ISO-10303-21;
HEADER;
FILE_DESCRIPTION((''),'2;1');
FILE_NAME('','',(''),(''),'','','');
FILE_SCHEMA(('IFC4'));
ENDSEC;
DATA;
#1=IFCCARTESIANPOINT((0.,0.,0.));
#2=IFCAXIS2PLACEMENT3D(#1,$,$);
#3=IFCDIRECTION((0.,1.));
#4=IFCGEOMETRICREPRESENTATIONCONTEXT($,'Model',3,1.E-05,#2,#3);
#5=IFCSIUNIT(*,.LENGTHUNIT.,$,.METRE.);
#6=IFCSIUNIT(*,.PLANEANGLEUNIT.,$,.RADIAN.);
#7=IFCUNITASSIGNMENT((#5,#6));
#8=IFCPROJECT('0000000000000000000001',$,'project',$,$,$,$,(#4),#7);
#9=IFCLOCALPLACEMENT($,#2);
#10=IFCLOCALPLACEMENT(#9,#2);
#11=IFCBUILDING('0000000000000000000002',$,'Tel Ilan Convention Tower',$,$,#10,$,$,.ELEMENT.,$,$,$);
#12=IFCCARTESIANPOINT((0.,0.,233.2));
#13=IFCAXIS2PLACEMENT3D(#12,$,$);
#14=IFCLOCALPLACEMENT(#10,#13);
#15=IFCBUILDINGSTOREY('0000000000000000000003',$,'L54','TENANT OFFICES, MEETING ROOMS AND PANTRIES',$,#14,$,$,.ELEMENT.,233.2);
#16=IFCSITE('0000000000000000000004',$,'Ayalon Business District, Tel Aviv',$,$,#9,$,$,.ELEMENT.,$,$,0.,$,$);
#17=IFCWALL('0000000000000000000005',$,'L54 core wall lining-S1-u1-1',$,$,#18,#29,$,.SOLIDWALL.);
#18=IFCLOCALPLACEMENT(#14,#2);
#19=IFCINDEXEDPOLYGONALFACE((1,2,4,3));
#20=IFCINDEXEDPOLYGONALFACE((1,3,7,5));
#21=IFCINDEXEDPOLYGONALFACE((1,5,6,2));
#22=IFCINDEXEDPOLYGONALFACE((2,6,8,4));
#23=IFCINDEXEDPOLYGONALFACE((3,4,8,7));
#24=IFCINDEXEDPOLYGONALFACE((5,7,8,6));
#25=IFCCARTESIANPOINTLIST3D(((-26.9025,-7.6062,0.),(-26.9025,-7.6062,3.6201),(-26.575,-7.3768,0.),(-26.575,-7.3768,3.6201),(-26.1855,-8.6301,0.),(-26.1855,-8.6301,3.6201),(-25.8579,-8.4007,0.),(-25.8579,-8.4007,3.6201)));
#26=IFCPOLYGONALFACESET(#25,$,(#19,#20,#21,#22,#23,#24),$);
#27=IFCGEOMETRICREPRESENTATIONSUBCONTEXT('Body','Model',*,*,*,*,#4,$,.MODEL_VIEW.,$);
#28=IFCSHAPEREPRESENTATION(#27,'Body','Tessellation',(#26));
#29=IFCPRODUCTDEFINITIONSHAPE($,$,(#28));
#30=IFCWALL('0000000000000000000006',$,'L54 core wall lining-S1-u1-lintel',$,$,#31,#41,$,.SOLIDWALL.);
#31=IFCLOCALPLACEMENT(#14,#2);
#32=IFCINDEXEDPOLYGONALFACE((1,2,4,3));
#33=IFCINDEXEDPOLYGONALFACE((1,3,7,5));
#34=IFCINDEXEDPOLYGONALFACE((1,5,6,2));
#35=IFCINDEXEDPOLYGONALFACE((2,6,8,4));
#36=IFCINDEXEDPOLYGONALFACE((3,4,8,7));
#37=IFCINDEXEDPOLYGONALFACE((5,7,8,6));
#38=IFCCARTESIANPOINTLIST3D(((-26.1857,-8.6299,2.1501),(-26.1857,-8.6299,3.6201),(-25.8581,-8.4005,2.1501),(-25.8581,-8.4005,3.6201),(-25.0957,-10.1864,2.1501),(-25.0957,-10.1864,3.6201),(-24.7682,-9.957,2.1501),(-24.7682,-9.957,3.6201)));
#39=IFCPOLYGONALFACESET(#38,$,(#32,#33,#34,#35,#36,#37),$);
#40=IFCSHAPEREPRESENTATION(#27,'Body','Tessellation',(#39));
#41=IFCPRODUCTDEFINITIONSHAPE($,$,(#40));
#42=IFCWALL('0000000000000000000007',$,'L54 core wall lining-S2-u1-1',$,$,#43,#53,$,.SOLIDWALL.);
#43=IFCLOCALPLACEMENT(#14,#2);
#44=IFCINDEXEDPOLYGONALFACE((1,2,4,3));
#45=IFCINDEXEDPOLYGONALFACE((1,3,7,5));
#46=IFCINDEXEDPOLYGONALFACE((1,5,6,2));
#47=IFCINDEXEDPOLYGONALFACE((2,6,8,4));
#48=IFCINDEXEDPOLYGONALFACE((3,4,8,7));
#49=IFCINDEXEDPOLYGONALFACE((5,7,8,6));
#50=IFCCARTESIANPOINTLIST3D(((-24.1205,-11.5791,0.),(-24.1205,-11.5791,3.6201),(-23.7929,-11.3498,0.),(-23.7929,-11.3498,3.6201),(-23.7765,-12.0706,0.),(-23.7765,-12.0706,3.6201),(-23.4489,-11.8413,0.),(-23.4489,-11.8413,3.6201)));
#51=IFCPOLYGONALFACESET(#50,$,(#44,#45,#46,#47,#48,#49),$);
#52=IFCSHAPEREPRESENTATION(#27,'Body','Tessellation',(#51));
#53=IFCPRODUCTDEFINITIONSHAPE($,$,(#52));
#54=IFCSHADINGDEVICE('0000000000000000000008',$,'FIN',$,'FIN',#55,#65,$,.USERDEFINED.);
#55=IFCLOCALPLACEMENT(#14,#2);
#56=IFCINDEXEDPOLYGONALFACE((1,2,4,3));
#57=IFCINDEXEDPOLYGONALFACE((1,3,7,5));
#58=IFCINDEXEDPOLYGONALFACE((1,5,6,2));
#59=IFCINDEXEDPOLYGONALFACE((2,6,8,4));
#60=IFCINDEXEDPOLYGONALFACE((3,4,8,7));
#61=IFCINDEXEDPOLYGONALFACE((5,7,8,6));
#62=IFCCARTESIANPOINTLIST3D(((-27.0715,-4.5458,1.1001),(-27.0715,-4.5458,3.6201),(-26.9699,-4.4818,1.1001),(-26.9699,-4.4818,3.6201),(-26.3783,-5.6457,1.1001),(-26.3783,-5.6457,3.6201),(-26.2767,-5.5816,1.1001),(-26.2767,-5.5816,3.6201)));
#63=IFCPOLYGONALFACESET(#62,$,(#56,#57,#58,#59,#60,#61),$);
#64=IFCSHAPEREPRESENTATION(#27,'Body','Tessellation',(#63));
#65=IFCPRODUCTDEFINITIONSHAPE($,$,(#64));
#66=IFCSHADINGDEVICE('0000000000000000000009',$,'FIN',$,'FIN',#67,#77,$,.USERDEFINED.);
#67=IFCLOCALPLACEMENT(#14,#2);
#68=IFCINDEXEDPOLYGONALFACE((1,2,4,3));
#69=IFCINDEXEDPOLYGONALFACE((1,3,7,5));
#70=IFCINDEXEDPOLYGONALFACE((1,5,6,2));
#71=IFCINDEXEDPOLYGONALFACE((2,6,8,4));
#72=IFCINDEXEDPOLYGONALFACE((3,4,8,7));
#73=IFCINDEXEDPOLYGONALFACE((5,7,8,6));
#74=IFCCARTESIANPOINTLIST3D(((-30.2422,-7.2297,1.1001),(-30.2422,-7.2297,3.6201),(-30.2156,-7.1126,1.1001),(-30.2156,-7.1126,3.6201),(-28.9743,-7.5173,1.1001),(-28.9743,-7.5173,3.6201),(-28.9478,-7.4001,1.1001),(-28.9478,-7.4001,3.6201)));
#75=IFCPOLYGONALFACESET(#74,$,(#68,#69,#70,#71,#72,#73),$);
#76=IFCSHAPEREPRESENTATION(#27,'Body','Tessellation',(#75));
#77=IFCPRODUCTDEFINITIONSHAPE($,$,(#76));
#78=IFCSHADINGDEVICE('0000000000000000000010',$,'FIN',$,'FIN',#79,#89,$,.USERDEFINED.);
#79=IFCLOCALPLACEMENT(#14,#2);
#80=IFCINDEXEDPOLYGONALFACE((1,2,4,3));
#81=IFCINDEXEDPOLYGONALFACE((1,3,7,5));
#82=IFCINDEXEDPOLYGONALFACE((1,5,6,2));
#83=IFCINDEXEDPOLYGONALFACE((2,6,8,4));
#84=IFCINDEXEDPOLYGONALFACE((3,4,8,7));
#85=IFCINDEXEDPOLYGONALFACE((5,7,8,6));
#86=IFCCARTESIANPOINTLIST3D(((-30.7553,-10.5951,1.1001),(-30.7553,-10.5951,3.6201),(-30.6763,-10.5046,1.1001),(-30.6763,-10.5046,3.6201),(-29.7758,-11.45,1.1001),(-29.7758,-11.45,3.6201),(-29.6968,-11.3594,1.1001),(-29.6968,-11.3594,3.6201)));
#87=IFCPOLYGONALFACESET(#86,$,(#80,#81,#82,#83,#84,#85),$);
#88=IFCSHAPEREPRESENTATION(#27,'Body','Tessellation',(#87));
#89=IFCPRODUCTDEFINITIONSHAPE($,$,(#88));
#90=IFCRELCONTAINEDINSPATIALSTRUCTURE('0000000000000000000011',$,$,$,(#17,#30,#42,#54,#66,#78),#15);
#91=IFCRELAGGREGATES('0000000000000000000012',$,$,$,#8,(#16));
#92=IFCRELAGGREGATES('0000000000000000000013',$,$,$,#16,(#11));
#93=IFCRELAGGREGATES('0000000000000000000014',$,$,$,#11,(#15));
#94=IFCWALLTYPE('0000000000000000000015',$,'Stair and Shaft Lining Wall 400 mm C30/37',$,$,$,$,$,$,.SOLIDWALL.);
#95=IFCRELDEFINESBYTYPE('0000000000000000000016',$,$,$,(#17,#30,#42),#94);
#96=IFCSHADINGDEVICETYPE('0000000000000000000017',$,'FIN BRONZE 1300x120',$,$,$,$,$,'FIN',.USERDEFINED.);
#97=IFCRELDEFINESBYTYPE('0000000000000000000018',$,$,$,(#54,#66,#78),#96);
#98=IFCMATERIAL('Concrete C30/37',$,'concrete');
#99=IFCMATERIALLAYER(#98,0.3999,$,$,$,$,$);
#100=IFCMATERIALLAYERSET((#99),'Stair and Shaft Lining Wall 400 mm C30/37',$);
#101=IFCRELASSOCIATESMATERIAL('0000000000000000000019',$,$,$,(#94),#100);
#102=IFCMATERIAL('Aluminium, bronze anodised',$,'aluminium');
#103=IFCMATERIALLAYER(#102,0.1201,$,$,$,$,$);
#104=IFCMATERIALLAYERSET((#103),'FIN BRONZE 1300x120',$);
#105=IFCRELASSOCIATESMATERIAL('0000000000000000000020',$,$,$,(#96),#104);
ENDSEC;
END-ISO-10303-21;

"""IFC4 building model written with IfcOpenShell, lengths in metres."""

from ifc_helpers import new_model, si_unit, direction, frame, frame_2d, origin, origin_2d, place, context, subcontext, project, spatial, rectangle, extrude, material, layer, layer_set, type_object, element, save


model = new_model("IFC4")

# Units and contexts
model_context = context("Model", 3, precision=1e-05, world=origin(), true_north=direction((0.0, 1.0)))
body_context = subcontext(model_context, "Body", "Model", "MODEL_VIEW")
ifc_project = project(units=[si_unit("LENGTHUNIT", "METRE"), si_unit("PLANEANGLEUNIT", "RADIAN")], contexts=[model_context])

# Site, building, storey
site_placement = place(None, origin())
site = spatial("IfcSite", under=ifc_project, at=site_placement, Name="Ayalon Business District, Tel Aviv", CompositionType="ELEMENT", RefElevation=0.0)
building_placement = place(site_placement, origin())
building = spatial("IfcBuilding", under=site, at=building_placement, Name="Tel Ilan Convention Tower", CompositionType="ELEMENT")
storey_placement = place(building_placement, frame((0.0, 0.0, 233.2)))
storey = spatial("IfcBuildingStorey", under=building, at=storey_placement, Name="L54", Description="TENANT OFFICES, MEETING ROOMS AND PANTRIES", CompositionType="ELEMENT", Elevation=233.2)

# Walls
ifc_material_1 = material(Name="Concrete C30/37", Category="concrete")
ifc_layer_1 = layer(ifc_material_1, 0.3999)
ifc_layer_set_1 = layer_set([ifc_layer_1], Name="Stair and Shaft Lining Wall 400 mm C30/37")
wall_type = type_object("IfcWallType", Name="Stair and Shaft Lining Wall 400 mm C30/37", PredefinedType="SOLIDWALL", material=ifc_layer_set_1)
wall_1_placement = place(storey_placement, frame((-26.0217, -8.5154, 0.0), z_axis=(0.0, 0.0, 1.0), x_axis=(-0.57362, 0.819122, 0.0)))
element("IfcWall", 1, at=wall_1_placement, inside=storey, type_object=wall_type, Name="L54 core wall lining-S1-u1-1", PredefinedType="SOLIDWALL", context=body_context, shape_type="SweptSolid", body=[
    extrude(rectangle(XDim=1.25, YDim=0.3999, at=frame_2d((0.625, 0.0))), origin(), (0.0, 0.0, 1.0), 3.6201),
])
wall_2_placement = place(storey_placement, frame((-24.9319, -10.0718, 2.1501), z_axis=(0.0, 0.0, 1.0), x_axis=(-0.573592, 0.819141, 0.0)))
element("IfcWall", 2, at=wall_2_placement, inside=storey, type_object=wall_type, Name="L54 core wall lining-S1-u1-lintel", PredefinedType="SOLIDWALL", context=body_context, shape_type="SweptSolid", body=[
    extrude(rectangle(XDim=1.9001, YDim=0.3999, at=frame_2d((0.9502, 0.0))), origin(), (0.0, 0.0, 1.0), 1.47),
])
wall_3_placement = place(storey_placement, frame((-23.6128, -11.9558, 0.0), z_axis=(0.0, 0.0, 1.0), x_axis=(-0.573435, 0.819251, 0.0)))
element("IfcWall", 3, at=wall_3_placement, inside=storey, type_object=wall_type, Name="L54 core wall lining-S2-u1-1", PredefinedType="SOLIDWALL", context=body_context, shape_type="SweptSolid", body=[
    extrude(rectangle(XDim=0.5999, YDim=0.3999, at=frame_2d((0.2998, 0.0))), origin(), (0.0, 0.0, 1.0), 3.6201),
])

# Shading devices
ifc_material_2 = material(Name="Aluminium, bronze anodised", Category="aluminium")
ifc_layer_2 = layer(ifc_material_2, 0.1201)
ifc_layer_set_2 = layer_set([ifc_layer_2], Name="FIN BRONZE 1300x120")
shading_device_type = type_object("IfcShadingDeviceType", Name="FIN BRONZE 1300x120", ElementType="FIN", PredefinedType="USERDEFINED", material=ifc_layer_set_2)
for number, where, z_axis, x_axis, name in (
    (4, (-26.6741, -5.0637, 1.1001), (0.0, 0.0, 1.0), (-0.533204, 0.845986, 0.0), "FIN"),
    (5, (-29.595, -7.3149, 1.1001), (0.0, 0.0, 1.0), (-0.975235, 0.22117, 0.0), "FIN"),
    (6, (-30.2261, -10.9773, 1.1001), (0.0, 0.0, 1.0), (-0.753436, 0.657521, 0.0), "FIN"),
):
    element("IfcShadingDevice", number, at=place(storey_placement, frame(where, z_axis=z_axis, x_axis=x_axis)), inside=storey, type_object=shading_device_type, Name=name, ObjectType="FIN", PredefinedType="USERDEFINED", context=body_context, shape_type="SweptSolid", body=[
        extrude(rectangle(XDim=1.3, YDim=0.1201, at=origin_2d()), origin(), (0.0, 0.0, 1.0), 2.52),
    ])

save(model, "model.ifc")
